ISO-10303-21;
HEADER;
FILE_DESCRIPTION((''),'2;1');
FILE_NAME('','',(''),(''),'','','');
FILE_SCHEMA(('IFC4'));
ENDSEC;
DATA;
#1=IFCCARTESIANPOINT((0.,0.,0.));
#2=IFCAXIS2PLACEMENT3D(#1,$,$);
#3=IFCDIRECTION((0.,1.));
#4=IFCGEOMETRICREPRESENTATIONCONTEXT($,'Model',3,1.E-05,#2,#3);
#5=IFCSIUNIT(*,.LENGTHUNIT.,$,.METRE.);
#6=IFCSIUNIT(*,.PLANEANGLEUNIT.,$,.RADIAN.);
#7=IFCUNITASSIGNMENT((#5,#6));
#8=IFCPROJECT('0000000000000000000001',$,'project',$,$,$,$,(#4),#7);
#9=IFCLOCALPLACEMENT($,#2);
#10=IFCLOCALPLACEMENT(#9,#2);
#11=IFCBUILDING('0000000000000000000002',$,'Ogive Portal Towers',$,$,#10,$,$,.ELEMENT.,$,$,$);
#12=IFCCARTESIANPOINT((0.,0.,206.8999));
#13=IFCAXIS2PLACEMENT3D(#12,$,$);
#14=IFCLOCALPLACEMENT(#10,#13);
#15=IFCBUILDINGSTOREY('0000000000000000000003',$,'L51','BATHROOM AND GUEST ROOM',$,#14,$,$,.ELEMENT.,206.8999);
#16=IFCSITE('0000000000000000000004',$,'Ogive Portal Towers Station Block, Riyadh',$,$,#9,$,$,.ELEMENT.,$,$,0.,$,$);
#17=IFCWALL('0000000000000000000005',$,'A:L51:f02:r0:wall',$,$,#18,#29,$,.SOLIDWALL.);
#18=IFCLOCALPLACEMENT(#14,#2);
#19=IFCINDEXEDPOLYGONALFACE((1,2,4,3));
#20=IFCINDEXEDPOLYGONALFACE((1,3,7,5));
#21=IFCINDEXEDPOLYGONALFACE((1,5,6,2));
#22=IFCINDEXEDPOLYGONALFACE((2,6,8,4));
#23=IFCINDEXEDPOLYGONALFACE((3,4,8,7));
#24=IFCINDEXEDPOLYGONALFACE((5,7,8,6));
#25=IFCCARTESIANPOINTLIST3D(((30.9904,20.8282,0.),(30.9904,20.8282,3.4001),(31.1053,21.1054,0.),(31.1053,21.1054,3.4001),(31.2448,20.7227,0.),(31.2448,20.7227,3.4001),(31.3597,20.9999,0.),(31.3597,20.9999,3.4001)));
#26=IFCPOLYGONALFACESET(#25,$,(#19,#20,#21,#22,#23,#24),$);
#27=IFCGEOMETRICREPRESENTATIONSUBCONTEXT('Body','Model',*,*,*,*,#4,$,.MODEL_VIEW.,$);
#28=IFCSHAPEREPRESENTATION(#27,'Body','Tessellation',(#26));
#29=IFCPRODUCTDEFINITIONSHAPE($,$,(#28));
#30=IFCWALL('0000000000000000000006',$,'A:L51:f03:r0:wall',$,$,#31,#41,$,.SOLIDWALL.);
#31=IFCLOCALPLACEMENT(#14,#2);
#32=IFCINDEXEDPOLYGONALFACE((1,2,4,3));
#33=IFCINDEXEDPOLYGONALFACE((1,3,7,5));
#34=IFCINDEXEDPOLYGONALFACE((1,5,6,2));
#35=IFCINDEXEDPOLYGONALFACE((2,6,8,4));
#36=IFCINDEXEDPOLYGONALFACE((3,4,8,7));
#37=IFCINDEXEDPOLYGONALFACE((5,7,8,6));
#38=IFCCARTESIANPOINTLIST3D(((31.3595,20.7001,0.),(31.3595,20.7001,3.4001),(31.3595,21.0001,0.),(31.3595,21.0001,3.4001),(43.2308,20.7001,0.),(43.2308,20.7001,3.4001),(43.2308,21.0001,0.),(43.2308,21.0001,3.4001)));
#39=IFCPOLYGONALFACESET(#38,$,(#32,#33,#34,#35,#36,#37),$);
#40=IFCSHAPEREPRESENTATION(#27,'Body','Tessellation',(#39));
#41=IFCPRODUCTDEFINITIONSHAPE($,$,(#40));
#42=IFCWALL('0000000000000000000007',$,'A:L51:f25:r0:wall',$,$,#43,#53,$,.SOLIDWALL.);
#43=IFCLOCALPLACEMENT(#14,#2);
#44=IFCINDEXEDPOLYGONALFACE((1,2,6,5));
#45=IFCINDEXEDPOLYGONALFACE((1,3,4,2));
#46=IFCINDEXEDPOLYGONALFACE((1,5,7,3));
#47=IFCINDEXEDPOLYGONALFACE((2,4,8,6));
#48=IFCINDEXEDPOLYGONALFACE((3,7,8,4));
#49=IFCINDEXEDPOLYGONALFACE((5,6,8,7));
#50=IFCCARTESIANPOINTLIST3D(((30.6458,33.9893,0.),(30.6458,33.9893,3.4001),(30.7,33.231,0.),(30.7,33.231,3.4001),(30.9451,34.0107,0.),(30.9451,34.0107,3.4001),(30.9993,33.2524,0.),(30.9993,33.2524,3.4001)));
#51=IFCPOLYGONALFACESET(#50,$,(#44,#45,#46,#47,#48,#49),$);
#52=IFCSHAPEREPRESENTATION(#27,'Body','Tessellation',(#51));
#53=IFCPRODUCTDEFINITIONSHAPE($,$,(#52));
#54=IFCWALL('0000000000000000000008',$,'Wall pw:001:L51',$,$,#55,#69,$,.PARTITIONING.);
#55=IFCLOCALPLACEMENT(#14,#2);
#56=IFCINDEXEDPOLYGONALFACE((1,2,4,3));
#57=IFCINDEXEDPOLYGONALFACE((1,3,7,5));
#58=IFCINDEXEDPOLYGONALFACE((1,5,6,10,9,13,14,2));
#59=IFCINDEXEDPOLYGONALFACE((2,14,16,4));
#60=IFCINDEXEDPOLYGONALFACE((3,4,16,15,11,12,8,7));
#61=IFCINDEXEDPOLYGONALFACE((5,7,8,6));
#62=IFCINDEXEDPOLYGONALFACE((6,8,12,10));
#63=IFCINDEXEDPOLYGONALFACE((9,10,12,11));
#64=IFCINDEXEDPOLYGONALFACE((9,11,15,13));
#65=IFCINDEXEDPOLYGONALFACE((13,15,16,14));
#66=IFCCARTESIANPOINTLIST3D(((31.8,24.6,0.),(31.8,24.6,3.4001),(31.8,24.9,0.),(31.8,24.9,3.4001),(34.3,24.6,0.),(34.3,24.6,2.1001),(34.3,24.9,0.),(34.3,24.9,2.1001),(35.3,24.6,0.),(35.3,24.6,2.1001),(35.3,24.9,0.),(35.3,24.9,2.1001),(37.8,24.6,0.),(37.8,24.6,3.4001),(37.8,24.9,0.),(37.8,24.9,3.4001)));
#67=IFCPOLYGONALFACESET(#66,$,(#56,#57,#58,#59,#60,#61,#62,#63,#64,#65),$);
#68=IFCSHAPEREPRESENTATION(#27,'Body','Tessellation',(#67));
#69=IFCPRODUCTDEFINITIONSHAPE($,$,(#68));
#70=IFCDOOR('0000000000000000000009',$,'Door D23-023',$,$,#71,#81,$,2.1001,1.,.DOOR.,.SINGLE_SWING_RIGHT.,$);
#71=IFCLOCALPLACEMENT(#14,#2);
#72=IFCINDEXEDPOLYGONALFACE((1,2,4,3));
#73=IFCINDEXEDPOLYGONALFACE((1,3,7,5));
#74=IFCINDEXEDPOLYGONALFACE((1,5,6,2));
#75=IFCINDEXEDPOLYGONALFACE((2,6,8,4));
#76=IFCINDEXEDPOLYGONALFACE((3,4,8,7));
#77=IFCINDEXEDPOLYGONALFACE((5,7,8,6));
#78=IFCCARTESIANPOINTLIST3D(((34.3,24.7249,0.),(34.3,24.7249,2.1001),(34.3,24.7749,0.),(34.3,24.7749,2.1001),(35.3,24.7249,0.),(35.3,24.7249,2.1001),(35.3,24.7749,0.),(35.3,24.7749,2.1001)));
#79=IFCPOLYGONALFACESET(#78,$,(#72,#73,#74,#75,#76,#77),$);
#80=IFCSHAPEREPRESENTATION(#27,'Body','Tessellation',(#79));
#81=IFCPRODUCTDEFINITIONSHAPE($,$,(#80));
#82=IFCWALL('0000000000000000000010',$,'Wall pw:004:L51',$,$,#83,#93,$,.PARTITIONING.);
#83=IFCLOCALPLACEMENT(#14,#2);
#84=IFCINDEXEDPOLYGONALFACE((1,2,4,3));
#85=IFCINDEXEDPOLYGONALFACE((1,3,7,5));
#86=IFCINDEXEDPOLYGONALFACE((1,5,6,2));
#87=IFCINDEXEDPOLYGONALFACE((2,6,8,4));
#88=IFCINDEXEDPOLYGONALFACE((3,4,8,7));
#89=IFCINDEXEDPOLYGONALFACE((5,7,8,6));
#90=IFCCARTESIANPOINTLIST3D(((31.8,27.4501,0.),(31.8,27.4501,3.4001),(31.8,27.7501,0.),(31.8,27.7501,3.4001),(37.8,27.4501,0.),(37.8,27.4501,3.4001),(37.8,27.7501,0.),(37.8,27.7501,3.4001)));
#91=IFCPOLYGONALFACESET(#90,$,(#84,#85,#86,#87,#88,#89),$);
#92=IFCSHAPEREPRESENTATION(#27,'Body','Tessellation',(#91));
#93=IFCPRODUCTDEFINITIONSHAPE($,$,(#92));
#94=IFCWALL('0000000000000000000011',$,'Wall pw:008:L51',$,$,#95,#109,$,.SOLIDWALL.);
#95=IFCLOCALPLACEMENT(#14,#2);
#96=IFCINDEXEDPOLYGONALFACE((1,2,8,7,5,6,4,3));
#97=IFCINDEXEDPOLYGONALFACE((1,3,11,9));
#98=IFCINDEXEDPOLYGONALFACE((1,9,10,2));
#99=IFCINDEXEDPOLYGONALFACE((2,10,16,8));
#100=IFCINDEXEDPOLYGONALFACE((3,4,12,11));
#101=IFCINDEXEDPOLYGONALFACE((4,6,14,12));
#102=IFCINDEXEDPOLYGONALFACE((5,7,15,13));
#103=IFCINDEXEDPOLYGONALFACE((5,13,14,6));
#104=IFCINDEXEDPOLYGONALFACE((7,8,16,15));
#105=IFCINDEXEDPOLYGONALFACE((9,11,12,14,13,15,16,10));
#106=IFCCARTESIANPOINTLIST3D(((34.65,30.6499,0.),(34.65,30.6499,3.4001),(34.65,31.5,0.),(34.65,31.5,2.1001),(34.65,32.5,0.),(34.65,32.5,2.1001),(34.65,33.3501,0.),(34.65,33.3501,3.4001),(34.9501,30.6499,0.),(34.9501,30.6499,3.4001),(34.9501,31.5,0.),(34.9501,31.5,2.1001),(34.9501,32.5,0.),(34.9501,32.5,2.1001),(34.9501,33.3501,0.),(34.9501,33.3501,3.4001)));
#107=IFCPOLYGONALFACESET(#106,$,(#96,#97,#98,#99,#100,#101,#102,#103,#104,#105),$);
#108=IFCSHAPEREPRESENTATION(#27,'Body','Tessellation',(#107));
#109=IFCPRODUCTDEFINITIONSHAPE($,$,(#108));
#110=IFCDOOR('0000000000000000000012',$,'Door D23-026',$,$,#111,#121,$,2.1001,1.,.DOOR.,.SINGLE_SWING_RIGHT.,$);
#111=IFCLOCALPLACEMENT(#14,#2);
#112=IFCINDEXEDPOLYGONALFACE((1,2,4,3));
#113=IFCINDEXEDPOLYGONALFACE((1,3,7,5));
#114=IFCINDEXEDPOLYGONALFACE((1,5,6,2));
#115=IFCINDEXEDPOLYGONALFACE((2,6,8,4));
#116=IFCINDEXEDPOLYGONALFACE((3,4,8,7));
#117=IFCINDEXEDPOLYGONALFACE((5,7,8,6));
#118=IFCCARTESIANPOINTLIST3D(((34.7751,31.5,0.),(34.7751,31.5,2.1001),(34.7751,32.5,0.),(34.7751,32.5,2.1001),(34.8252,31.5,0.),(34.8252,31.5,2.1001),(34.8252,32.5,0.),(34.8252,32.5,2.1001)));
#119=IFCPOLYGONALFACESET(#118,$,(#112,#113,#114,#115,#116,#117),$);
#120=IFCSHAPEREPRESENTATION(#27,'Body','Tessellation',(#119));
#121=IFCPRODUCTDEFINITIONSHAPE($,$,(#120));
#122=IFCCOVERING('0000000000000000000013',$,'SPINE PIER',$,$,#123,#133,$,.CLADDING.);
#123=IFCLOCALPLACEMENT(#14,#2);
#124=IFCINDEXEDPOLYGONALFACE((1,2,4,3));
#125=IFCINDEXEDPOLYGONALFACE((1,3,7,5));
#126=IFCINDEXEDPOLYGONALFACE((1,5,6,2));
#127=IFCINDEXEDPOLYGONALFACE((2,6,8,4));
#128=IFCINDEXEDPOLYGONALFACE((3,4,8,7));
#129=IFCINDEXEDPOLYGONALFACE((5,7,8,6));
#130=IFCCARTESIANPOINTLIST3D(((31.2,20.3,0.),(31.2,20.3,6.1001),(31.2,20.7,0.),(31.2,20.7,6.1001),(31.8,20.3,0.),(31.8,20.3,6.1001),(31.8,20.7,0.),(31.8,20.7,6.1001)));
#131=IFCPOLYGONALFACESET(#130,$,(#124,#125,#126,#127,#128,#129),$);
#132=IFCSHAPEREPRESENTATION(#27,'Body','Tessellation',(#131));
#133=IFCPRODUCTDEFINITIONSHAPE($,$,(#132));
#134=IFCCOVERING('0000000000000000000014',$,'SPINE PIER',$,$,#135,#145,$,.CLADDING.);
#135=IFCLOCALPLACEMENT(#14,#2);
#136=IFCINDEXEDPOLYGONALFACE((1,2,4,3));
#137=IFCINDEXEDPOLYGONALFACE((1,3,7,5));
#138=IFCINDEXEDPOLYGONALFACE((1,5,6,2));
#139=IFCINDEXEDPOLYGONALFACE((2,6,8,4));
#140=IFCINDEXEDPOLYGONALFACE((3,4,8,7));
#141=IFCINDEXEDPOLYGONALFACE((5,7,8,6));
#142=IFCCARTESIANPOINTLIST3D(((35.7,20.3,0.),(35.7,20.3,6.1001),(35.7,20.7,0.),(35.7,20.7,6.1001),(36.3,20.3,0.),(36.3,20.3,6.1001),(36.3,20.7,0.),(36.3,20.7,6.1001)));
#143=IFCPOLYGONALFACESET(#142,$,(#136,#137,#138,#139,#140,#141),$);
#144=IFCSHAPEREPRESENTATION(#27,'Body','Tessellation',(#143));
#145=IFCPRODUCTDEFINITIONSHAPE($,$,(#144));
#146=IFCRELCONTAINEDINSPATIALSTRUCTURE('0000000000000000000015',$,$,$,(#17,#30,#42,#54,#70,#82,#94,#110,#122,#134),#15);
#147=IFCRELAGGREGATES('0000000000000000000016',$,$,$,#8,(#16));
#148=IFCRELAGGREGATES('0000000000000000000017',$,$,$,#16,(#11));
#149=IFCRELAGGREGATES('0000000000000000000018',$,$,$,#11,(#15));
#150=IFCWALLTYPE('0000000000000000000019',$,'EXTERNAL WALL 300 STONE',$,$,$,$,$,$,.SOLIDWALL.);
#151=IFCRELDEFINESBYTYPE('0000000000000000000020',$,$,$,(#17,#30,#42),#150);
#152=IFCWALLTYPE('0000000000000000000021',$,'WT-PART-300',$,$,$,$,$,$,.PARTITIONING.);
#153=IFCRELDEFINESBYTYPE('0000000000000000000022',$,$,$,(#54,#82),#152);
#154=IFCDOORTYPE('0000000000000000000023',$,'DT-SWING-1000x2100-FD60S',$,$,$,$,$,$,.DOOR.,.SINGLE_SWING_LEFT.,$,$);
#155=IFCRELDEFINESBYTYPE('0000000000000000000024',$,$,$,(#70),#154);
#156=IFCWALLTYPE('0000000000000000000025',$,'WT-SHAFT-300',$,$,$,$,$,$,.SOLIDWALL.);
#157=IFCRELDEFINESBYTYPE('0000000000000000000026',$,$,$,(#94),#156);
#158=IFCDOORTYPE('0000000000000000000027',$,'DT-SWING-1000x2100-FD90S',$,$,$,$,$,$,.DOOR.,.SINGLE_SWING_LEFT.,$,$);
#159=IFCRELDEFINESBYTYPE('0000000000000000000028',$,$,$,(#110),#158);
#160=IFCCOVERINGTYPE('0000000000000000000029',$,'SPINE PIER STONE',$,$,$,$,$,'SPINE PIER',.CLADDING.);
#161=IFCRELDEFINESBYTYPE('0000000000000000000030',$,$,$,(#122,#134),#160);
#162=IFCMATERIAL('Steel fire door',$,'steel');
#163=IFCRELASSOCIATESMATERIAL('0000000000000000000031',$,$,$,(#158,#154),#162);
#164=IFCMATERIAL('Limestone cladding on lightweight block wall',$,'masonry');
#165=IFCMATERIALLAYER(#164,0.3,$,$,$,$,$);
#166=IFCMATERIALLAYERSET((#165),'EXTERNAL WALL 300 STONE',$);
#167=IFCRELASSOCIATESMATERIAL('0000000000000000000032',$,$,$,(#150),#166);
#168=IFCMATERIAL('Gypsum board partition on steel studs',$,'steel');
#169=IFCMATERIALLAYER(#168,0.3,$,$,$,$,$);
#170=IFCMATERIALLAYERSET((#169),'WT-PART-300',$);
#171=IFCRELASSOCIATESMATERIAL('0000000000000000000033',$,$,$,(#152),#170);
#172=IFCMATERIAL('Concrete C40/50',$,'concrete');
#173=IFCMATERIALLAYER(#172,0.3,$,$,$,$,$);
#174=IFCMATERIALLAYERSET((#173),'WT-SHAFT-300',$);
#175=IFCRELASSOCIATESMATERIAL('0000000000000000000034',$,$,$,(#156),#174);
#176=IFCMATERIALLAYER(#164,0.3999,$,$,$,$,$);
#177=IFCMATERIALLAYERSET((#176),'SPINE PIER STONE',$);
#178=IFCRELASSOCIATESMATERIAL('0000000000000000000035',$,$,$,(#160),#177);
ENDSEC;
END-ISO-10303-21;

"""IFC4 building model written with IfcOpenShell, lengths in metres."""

from ifc_helpers import new_model, si_unit, direction, frame, frame_2d, origin, origin_2d, place, context, subcontext, project, spatial, rectangle, extrude, material, layer, layer_set, type_object, element, fill, save


model = new_model("IFC4")

# Units and contexts
model_context = context("Model", 3, precision=1e-05, world=origin(), true_north=direction((0.0, 1.0)))
body_context = subcontext(model_context, "Body", "Model", "MODEL_VIEW")
ifc_project = project(units=[si_unit("LENGTHUNIT", "METRE"), si_unit("PLANEANGLEUNIT", "RADIAN")], contexts=[model_context])

# Site, building, storey
site_placement = place(None, origin())
site = spatial("IfcSite", under=ifc_project, at=site_placement, Name="Ogive Portal Towers Station Block, Riyadh", CompositionType="ELEMENT", RefElevation=0.0)
building_placement = place(site_placement, origin())
building = spatial("IfcBuilding", under=site, at=building_placement, Name="Ogive Portal Towers", CompositionType="ELEMENT")
storey_placement = place(building_placement, frame((0.0, 0.0, 206.8999)))
storey = spatial("IfcBuildingStorey", under=building, at=storey_placement, Name="L51", Description="BATHROOM AND GUEST ROOM", CompositionType="ELEMENT", Elevation=206.8999)

# Shared definitions
ifc_material_1 = material(Name="Concrete C40/50", Category="concrete")

# Shared definitions
ifc_material_2 = material(Name="Steel fire door", Category="steel")
door_type_1 = type_object("IfcDoorType", Name="DT-SWING-1000x2100-FD90S", OperationType="SINGLE_SWING_LEFT", PredefinedType="DOOR", material=ifc_material_2)

# Walls
ifc_material_3 = material(Name="Limestone cladding on lightweight block wall", Category="masonry")
ifc_layer_1 = layer(ifc_material_3, 0.3)
ifc_layer_set_1 = layer_set([ifc_layer_1], Name="EXTERNAL WALL 300 STONE")
wall_type_1 = type_object("IfcWallType", Name="EXTERNAL WALL 300 STONE", PredefinedType="SOLIDWALL", material=ifc_layer_set_1)
for number, where, z_axis, x_axis, name in (
    (1, (31.0479, 20.9668, 0.0), (0.0, 0.0, 1.0), (0.923757, -0.382978, 0.0), "A:L51:f02:r0:wall"),
):
    element("IfcWall", number, at=place(storey_placement, frame(where, z_axis=z_axis, x_axis=x_axis)), inside=storey, type_object=wall_type_1, Name=name, PredefinedType="SOLIDWALL", context=body_context, shape_type="SweptSolid", body=[
        extrude(rectangle(XDim=0.2754, YDim=0.3, at=frame_2d((0.1377, 0.0))), origin(), (0.0, 0.0, 1.0), 3.4001),
    ])
wall_1_placement = place(storey_placement, frame((31.3596, 20.8501, 0.0), z_axis=(0.0, 0.0, 1.0), x_axis=(1.0, 0.0, 0.0)))
element("IfcWall", 2, at=wall_1_placement, inside=storey, type_object=wall_type_1, Name="A:L51:f03:r0:wall", PredefinedType="SOLIDWALL", context=body_context, shape_type="SweptSolid", body=[
    extrude(rectangle(XDim=11.8713, YDim=0.3, at=frame_2d((5.9355, 0.0))), origin(), (0.0, 0.0, 1.0), 3.4001),
])
wall_2_placement = place(storey_placement, frame((30.7954, 34.0, 0.0), z_axis=(0.0, 0.0, 1.0), x_axis=(0.071293, -0.997455, 0.0)))
element("IfcWall", 3, at=wall_2_placement, inside=storey, type_object=wall_type_1, Name="A:L51:f25:r0:wall", PredefinedType="SOLIDWALL", context=body_context, shape_type="SweptSolid", body=[
    extrude(rectangle(XDim=0.7603, YDim=0.3, at=frame_2d((0.3801, 0.0))), origin(), (0.0, 0.0, 1.0), 3.4001),
])

# Wall, opening, door
ifc_material_4 = material(Name="Gypsum board partition on steel studs", Category="steel")
ifc_layer_2 = layer(ifc_material_4, 0.3)
ifc_layer_set_2 = layer_set([ifc_layer_2], Name="WT-PART-300")
wall_type_2 = type_object("IfcWallType", Name="WT-PART-300", PredefinedType="PARTITIONING", material=ifc_layer_set_2)
wall_3_placement = place(storey_placement, frame((31.8, 24.75, 0.0), z_axis=(0.0, 0.0, 1.0), x_axis=(1.0, 0.0, 0.0)))
wall_3 = element("IfcWall", 4, at=wall_3_placement, inside=storey, type_object=wall_type_2, Name="Wall pw:001:L51", PredefinedType="PARTITIONING", context=body_context, shape_type="SweptSolid", body=[
    extrude(rectangle(XDim=6.0, YDim=0.3, at=frame_2d((3.0, 0.0))), origin(), (0.0, 0.0, 1.0), 3.4001),
])
opening_1_placement = place(wall_3_placement, frame((2.5, 0.0, 0.0)))
opening_1 = element("IfcOpeningElement", 5, at=opening_1_placement, cuts=wall_3, PredefinedType="OPENING", context=body_context, shape_type="SweptSolid", body=[
    extrude(rectangle(XDim=1.0, YDim=2.1001, at=frame_2d((0.5, 1.05))), frame((0.0, 0.1602, 0.0), z_axis=(0.0, -1.0, 0.0), x_axis=(1.0, 0.0, 0.0)), (0.0, 0.0, 1.0), 0.3201),
])
door_type_2 = type_object("IfcDoorType", Name="DT-SWING-1000x2100-FD60S", OperationType="SINGLE_SWING_LEFT", PredefinedType="DOOR", material=ifc_material_2)
door_1_placement = place(opening_1_placement, origin())
door_1 = element("IfcDoor", 6, at=door_1_placement, inside=storey, type_object=door_type_2, Name="Door D23-023", OperationType="SINGLE_SWING_RIGHT", OverallHeight=2.1001, OverallWidth=1.0, PredefinedType="DOOR", context=body_context, shape_type="SweptSolid", body=[
    extrude(rectangle(XDim=1.0, YDim=2.1001, at=frame_2d((0.5, 1.05))), frame((0.0, 0.0249, 0.0), z_axis=(0.0, -1.0, 0.0), x_axis=(1.0, 0.0, 0.0)), (0.0, 0.0, 1.0), 0.05),
])
fill(opening_1, door_1)

# Wall
wall_4_placement = place(storey_placement, frame((31.8, 27.6001, 0.0), z_axis=(0.0, 0.0, 1.0), x_axis=(1.0, 0.0, 0.0)))
element("IfcWall", 7, at=wall_4_placement, inside=storey, type_object=wall_type_2, Name="Wall pw:004:L51", PredefinedType="PARTITIONING", context=body_context, shape_type="SweptSolid", body=[
    extrude(rectangle(XDim=6.0, YDim=0.3, at=frame_2d((3.0, 0.0))), origin(), (0.0, 0.0, 1.0), 3.4001),
])

# Wall, opening, door
ifc_layer_3 = layer(ifc_material_1, 0.3)
ifc_layer_set_3 = layer_set([ifc_layer_3], Name="WT-SHAFT-300")
wall_type_3 = type_object("IfcWallType", Name="WT-SHAFT-300", PredefinedType="SOLIDWALL", material=ifc_layer_set_3)
wall_5_placement = place(storey_placement, frame((34.8, 30.6499, 0.0), z_axis=(0.0, 0.0, 1.0), x_axis=(0.0, 1.0, 0.0)))
wall_5 = element("IfcWall", 8, at=wall_5_placement, inside=storey, type_object=wall_type_3, Name="Wall pw:008:L51", PredefinedType="SOLIDWALL", context=body_context, shape_type="SweptSolid", body=[
    extrude(rectangle(XDim=2.7002, YDim=0.3, at=frame_2d((1.3501, 0.0))), origin(), (0.0, 0.0, 1.0), 3.4001),
])
opening_2_placement = place(wall_5_placement, frame((0.8501, 0.0, 0.0)))
opening_2 = element("IfcOpeningElement", 9, at=opening_2_placement, cuts=wall_5, PredefinedType="OPENING", context=body_context, shape_type="SweptSolid", body=[
    extrude(rectangle(XDim=1.0, YDim=2.1001, at=frame_2d((0.5, 1.05))), frame((0.0, 0.1602, 0.0), z_axis=(0.0, -1.0, 0.0), x_axis=(1.0, 0.0, 0.0)), (0.0, 0.0, 1.0), 0.3201),
])
door_2_placement = place(opening_2_placement, origin())
door_2 = element("IfcDoor", 10, at=door_2_placement, inside=storey, type_object=door_type_1, Name="Door D23-026", OperationType="SINGLE_SWING_RIGHT", OverallHeight=2.1001, OverallWidth=1.0, PredefinedType="DOOR", context=body_context, shape_type="SweptSolid", body=[
    extrude(rectangle(XDim=1.0, YDim=2.1001, at=frame_2d((0.5, 1.05))), frame((0.0, 0.0249, 0.0), z_axis=(0.0, -1.0, 0.0), x_axis=(1.0, 0.0, 0.0)), (0.0, 0.0, 1.0), 0.05),
])
fill(opening_2, door_2)

# Coverings
ifc_layer_4 = layer(ifc_material_3, 0.3999)
ifc_layer_set_4 = layer_set([ifc_layer_4], Name="SPINE PIER STONE")
covering_type = type_object("IfcCoveringType", Name="SPINE PIER STONE", ElementType="SPINE PIER", PredefinedType="CLADDING", material=ifc_layer_set_4)
for number, where, z_axis, x_axis, name in (
    (11, (31.5, 20.5, 0.0), (0.0, 0.0, 1.0), (1.0, 0.0, 0.0), "SPINE PIER"),
    (12, (36.0, 20.5, 0.0), (0.0, 0.0, 1.0), (1.0, 0.0, 0.0), "SPINE PIER"),
):
    element("IfcCovering", number, at=place(storey_placement, frame(where, z_axis=z_axis, x_axis=x_axis)), inside=storey, type_object=covering_type, Name=name, PredefinedType="CLADDING", context=body_context, shape_type="SweptSolid", body=[
        extrude(rectangle(XDim=0.6001, YDim=0.3999, at=origin_2d()), origin(), (0.0, 0.0, 1.0), 6.1001),
    ])

save(model, "model.ifc")
